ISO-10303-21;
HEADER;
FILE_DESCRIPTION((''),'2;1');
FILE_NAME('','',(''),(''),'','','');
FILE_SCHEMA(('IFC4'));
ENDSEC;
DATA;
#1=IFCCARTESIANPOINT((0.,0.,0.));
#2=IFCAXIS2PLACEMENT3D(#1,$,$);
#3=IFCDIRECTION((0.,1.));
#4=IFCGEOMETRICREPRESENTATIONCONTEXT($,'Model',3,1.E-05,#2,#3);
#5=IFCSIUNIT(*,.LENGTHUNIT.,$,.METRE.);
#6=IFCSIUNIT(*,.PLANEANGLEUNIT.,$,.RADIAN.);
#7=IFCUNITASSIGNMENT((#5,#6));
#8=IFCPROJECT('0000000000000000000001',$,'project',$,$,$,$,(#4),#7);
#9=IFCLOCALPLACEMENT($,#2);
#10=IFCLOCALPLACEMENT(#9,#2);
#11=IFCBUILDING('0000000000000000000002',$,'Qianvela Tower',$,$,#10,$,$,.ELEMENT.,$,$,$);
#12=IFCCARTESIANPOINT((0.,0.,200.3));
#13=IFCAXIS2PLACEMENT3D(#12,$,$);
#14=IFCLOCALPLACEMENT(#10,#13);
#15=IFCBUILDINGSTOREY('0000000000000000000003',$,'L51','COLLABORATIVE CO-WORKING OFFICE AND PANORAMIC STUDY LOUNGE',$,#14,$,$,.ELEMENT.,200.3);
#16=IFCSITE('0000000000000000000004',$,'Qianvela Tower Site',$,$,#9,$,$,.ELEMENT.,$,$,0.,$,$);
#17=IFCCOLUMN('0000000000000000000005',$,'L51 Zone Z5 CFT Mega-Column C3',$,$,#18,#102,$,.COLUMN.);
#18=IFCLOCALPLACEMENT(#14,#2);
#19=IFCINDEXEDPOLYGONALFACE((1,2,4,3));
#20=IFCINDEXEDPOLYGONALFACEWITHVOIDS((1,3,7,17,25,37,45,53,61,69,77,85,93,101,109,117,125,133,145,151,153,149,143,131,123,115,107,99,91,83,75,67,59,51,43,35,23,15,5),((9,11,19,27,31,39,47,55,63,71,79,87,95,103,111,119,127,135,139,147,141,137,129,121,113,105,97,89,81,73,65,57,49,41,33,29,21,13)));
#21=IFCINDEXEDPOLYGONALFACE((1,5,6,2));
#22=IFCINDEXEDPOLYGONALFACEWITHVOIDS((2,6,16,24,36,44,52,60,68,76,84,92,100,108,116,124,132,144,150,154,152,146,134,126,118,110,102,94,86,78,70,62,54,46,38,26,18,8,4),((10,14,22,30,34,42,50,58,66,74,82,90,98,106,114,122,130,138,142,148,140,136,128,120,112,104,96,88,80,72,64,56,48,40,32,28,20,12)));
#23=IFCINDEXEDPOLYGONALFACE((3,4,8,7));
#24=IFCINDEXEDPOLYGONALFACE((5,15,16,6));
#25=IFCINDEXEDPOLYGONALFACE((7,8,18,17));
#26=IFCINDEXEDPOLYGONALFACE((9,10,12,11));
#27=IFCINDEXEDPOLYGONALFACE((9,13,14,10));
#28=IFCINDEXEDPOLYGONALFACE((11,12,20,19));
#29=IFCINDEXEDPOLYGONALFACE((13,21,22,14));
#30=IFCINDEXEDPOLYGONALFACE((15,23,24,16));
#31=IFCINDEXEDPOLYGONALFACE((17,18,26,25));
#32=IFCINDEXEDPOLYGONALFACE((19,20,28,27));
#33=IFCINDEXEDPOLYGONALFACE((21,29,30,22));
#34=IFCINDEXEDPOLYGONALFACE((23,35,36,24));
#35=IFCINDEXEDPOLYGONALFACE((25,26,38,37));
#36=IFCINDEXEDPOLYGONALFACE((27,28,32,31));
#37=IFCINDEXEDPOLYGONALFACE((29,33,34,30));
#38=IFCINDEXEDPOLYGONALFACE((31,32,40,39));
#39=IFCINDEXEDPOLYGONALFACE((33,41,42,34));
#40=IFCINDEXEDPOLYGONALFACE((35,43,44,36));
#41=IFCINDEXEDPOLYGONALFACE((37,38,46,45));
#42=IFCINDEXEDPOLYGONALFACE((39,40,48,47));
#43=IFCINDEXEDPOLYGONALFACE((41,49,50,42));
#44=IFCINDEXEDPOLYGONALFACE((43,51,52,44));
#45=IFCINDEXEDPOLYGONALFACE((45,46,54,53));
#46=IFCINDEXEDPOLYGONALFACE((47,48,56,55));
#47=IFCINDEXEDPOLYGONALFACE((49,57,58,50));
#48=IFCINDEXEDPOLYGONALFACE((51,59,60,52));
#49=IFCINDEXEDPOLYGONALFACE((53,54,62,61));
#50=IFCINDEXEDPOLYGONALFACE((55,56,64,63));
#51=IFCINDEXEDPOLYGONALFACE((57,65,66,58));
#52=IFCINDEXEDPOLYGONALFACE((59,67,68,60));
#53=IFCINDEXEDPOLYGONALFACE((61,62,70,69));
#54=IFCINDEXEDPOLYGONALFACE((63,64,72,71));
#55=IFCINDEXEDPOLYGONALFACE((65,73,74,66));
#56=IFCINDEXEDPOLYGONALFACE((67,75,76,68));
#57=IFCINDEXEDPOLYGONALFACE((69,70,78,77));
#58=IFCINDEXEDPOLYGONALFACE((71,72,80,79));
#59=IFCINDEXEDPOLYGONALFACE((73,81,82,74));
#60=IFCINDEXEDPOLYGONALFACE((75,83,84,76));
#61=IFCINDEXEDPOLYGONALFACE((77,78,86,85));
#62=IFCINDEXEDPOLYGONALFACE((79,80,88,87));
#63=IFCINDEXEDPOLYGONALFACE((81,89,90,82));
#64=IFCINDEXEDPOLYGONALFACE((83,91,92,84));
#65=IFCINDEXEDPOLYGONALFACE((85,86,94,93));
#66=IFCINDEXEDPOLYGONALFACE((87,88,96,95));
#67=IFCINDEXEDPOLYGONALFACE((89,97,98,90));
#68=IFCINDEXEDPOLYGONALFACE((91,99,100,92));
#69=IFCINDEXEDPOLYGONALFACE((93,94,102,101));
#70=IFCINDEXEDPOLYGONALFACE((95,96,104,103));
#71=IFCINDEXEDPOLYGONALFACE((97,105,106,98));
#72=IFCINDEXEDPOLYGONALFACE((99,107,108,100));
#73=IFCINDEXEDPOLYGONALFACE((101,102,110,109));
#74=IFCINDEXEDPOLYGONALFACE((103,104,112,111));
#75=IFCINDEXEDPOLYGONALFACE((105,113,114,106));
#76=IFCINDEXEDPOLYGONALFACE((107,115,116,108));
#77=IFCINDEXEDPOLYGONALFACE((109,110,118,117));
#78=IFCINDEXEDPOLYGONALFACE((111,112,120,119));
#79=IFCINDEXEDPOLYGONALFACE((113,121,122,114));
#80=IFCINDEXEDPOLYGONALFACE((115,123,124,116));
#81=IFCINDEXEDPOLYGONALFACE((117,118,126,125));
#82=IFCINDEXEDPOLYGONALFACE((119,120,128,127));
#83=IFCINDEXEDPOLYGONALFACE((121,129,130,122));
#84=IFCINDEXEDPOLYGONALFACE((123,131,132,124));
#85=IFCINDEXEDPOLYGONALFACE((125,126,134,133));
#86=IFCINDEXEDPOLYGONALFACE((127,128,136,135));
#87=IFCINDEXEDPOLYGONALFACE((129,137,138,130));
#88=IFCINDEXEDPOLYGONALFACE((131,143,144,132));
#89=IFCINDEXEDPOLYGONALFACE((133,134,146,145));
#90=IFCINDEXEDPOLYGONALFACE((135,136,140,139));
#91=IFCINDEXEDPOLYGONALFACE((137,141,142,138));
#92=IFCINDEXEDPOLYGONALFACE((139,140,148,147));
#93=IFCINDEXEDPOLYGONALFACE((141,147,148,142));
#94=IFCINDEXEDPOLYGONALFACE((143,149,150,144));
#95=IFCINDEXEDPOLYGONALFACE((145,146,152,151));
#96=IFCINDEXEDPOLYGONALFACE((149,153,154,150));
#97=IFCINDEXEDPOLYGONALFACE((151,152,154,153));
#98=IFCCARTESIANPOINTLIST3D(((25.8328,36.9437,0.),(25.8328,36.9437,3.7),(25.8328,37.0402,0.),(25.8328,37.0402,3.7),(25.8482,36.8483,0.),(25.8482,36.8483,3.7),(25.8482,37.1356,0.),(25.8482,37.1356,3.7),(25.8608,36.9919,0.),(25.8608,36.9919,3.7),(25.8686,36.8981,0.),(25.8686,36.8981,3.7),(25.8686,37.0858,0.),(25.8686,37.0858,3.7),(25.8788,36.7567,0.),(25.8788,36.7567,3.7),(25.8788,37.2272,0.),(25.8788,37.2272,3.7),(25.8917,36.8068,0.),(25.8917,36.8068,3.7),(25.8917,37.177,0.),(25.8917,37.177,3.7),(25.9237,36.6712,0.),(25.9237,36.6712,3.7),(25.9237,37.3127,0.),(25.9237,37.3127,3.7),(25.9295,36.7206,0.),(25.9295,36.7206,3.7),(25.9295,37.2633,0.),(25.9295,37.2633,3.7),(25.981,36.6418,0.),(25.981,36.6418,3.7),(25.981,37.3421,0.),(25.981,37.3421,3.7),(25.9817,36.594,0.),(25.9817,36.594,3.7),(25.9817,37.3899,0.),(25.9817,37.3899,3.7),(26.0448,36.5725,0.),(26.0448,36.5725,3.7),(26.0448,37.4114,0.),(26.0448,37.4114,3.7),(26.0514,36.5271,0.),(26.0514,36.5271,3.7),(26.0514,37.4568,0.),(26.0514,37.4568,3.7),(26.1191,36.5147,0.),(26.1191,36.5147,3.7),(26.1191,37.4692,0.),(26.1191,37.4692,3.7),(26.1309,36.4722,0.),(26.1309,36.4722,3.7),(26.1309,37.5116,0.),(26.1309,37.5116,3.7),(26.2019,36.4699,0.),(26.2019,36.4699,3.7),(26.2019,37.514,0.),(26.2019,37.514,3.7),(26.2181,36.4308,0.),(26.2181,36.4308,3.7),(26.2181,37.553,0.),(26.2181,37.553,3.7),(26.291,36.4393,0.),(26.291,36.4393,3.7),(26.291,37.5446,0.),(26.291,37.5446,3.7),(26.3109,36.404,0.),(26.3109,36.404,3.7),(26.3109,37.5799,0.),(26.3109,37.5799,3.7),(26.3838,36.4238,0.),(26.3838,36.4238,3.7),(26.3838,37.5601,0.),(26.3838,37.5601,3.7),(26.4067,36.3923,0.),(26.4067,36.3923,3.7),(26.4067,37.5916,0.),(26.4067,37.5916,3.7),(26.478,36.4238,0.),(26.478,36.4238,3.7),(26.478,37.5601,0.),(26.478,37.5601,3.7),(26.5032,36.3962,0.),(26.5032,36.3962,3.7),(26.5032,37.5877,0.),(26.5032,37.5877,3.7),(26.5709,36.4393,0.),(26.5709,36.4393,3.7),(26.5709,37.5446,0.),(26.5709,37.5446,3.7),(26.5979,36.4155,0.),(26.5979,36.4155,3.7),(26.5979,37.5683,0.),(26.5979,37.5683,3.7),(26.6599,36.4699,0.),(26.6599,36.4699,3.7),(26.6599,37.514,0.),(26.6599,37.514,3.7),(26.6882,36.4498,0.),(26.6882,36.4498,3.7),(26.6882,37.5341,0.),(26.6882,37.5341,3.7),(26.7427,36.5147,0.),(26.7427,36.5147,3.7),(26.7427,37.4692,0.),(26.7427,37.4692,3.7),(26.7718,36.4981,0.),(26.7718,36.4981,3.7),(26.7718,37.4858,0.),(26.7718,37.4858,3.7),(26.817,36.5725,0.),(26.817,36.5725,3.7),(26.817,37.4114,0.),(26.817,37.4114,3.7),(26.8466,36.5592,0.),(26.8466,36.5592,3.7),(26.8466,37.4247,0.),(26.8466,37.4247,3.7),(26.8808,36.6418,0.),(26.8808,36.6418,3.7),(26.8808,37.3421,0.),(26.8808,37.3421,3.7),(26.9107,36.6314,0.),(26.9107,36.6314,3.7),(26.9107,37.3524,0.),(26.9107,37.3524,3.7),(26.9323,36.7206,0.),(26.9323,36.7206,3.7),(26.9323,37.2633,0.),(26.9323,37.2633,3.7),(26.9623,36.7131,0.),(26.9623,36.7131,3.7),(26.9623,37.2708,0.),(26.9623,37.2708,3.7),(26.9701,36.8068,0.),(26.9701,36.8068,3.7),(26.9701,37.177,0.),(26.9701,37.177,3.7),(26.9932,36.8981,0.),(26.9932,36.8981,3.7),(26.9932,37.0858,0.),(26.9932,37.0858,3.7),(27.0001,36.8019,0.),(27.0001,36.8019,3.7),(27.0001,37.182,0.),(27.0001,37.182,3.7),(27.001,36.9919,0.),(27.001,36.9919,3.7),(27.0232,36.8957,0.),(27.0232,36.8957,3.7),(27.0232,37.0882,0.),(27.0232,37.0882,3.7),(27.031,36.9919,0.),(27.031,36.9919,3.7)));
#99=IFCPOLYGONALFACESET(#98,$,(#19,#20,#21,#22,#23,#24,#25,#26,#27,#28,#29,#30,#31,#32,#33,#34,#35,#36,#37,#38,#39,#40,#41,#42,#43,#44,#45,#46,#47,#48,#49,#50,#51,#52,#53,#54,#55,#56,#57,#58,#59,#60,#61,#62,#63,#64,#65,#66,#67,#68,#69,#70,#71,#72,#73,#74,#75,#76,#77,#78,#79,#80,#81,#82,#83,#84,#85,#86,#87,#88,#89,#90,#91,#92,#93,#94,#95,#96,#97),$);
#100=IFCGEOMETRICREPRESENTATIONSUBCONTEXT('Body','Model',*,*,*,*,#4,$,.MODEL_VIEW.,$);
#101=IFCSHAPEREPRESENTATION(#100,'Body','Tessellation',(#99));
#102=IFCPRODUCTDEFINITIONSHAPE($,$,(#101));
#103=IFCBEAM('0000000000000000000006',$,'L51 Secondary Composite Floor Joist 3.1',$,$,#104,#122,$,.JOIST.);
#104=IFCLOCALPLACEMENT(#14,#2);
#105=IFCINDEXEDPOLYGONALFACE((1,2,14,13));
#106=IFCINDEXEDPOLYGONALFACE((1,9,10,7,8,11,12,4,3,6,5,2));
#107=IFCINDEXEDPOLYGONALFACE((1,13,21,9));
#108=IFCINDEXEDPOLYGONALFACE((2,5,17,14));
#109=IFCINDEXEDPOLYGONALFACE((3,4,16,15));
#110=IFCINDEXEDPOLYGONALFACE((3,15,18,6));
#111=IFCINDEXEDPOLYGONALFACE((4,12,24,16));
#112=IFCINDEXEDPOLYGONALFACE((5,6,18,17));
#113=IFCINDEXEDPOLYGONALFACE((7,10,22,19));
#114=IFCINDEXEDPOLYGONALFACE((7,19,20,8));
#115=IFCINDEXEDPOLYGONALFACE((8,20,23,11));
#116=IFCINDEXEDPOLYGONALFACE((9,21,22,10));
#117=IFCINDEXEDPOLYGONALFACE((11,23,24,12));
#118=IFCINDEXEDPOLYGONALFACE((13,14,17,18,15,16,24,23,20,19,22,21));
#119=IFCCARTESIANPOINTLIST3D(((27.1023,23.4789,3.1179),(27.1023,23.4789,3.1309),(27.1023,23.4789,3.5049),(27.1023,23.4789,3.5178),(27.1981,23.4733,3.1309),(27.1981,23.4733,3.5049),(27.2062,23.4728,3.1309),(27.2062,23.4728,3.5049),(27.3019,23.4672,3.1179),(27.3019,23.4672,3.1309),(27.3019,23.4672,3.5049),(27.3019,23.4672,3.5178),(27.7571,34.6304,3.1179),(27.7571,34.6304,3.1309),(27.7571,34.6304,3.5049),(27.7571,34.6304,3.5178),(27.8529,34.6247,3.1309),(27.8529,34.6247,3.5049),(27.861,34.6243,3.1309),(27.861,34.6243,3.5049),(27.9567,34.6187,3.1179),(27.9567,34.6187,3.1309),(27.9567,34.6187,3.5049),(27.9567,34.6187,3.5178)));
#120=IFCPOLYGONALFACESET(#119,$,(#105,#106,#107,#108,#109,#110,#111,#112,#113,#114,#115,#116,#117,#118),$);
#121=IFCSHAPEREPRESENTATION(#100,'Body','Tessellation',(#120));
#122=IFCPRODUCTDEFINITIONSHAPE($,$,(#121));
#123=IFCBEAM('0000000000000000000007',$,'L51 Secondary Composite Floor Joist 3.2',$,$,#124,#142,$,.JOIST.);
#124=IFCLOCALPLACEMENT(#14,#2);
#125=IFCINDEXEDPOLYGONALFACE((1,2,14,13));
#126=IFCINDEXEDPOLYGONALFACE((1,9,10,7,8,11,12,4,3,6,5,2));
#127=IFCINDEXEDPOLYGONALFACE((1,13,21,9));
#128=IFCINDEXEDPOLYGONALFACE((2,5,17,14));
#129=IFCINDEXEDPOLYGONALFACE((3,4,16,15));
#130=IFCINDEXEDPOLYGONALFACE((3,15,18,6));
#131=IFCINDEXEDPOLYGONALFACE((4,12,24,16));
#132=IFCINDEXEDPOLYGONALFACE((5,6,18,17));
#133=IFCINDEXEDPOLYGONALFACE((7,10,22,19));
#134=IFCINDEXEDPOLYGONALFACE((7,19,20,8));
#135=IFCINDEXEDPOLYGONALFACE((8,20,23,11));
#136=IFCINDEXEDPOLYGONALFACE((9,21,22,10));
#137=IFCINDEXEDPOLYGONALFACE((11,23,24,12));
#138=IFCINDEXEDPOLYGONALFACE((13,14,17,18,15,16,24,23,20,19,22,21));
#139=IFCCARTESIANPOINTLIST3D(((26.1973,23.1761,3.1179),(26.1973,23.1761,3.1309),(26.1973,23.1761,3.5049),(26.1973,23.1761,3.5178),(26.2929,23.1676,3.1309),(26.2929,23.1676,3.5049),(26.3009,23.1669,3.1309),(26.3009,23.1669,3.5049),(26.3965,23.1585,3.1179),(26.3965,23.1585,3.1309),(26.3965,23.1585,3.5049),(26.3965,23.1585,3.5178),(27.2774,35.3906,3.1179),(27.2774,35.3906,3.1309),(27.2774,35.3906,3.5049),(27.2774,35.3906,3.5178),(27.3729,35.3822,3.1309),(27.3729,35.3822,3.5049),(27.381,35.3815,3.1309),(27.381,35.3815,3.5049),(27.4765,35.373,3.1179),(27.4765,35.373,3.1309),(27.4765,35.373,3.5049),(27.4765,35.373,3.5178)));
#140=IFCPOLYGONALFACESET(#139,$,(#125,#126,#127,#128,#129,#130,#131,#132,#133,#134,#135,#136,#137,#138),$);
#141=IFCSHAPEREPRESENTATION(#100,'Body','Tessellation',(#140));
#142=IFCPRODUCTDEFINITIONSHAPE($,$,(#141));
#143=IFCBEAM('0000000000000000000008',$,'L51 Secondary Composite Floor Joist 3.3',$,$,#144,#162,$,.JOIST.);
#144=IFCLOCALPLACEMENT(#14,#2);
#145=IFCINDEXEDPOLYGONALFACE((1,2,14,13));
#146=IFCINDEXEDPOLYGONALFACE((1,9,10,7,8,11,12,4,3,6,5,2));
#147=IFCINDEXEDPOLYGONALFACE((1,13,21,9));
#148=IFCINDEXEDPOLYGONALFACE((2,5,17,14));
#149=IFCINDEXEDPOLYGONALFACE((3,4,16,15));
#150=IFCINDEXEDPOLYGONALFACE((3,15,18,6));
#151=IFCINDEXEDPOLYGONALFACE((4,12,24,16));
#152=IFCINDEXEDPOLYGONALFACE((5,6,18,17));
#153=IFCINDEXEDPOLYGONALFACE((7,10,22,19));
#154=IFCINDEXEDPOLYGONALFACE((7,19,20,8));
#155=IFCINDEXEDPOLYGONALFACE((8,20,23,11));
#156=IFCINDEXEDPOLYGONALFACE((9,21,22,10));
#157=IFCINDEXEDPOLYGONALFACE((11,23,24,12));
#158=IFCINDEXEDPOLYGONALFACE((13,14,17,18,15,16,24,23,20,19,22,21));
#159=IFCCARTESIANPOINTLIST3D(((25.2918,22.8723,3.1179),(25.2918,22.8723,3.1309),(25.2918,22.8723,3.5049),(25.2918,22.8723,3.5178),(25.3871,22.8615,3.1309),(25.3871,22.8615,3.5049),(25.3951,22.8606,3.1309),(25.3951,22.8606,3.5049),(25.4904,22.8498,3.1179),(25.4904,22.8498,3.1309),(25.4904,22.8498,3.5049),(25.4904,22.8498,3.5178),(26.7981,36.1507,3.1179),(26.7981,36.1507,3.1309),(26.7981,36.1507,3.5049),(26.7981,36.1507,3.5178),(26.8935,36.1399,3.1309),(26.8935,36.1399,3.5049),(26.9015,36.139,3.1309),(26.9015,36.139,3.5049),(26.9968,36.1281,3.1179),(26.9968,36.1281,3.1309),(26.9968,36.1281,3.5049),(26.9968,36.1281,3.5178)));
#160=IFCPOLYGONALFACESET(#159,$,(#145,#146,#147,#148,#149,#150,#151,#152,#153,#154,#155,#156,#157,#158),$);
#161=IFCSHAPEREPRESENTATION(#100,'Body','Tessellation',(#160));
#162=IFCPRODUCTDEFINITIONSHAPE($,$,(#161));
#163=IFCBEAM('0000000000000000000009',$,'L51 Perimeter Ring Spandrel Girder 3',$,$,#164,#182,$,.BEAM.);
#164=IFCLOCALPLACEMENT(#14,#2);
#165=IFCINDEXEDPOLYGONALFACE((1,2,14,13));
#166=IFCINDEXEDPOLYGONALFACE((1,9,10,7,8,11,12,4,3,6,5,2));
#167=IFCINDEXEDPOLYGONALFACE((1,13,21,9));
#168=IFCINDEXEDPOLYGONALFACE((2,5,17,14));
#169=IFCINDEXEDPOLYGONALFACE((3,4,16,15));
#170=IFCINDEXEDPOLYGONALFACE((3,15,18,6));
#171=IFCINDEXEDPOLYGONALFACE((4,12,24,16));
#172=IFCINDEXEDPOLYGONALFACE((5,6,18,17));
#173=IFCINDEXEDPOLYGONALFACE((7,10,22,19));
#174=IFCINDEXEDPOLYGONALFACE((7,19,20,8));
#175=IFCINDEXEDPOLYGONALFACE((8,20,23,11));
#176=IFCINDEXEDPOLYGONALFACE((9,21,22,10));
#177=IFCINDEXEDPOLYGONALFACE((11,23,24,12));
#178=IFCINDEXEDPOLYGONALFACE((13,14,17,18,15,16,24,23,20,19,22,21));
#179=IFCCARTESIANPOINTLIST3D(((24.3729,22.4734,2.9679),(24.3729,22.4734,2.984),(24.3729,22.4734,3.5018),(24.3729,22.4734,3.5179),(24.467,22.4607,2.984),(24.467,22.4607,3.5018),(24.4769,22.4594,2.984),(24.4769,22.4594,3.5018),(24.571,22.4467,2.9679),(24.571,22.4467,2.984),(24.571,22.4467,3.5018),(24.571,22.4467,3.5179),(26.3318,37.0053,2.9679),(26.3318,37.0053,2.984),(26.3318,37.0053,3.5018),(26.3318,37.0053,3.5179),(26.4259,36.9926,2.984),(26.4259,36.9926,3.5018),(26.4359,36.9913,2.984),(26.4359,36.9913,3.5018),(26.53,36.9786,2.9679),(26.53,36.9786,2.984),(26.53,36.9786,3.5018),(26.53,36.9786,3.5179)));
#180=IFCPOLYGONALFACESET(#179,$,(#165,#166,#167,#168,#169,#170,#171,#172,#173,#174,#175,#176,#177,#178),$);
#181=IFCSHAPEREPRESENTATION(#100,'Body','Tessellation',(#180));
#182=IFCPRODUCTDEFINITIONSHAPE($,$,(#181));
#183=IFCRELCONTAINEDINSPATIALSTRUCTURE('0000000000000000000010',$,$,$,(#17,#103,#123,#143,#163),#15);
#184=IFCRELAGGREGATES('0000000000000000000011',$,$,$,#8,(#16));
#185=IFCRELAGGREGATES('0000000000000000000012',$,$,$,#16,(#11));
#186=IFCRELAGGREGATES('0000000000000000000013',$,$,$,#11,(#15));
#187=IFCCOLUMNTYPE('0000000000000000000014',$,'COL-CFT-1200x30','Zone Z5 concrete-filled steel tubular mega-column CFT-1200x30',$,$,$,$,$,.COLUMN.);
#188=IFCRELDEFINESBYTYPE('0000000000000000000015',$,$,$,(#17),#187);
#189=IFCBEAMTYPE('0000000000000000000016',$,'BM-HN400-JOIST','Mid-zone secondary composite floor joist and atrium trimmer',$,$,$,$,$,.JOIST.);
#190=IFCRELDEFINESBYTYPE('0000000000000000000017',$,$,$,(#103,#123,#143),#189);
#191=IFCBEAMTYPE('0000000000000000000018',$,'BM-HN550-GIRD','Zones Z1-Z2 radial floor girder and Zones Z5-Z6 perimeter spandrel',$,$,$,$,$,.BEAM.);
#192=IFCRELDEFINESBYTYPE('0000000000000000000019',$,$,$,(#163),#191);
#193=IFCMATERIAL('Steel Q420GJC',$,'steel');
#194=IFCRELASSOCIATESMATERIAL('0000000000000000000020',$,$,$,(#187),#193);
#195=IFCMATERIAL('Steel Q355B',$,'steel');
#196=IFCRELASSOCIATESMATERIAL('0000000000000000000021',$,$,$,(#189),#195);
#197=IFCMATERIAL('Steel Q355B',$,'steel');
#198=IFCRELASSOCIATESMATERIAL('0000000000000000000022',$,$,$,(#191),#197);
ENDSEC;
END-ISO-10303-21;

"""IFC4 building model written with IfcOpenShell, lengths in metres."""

from ifc_helpers import new_model, si_unit, direction, frame, origin, origin_2d, place, context, subcontext, project, spatial, hollow_circle, i_section, extrude, material, material_profile, profile_set, type_object, element, save


model = new_model("IFC4")

# Units and contexts
model_context = context("Model", 3, precision=1e-05, world=origin(), true_north=direction((0.0, 1.0)))
body_context = subcontext(model_context, "Body", "Model", "MODEL_VIEW")
ifc_project = project(units=[si_unit("LENGTHUNIT", "METRE"), si_unit("PLANEANGLEUNIT", "RADIAN")], contexts=[model_context])

# Site, building, storey
site_placement = place(None, origin())
site = spatial("IfcSite", under=ifc_project, at=site_placement, Name="Qianvela Tower Site", CompositionType="ELEMENT", RefElevation=0.0)
building_placement = place(site_placement, origin())
building = spatial("IfcBuilding", under=site, at=building_placement, Name="Qianvela Tower", CompositionType="ELEMENT")
storey_placement = place(building_placement, frame((0.0, 0.0, 200.3)))
storey = spatial("IfcBuildingStorey", under=building, at=storey_placement, Name="L51", Description="COLLABORATIVE CO-WORKING OFFICE AND PANORAMIC STUDY LOUNGE", CompositionType="ELEMENT", Elevation=200.3)

# Column
ifc_material_1 = material(Name="Steel Q420GJC", Category="steel")
ifc_material_profile_1 = material_profile(ifc_material_1, hollow_circle(Radius=0.6001, WallThickness=0.03, at=origin_2d()), Name="CFT-1200x30")
ifc_profile_set_1 = profile_set([ifc_material_profile_1], Name="Steel Q420GJC")
column_type = type_object("IfcColumnType", Name="COL-CFT-1200x30", Description="Zone Z5 concrete-filled steel tubular mega-column CFT-1200x30", PredefinedType="COLUMN", material=ifc_profile_set_1)
column_placement = place(storey_placement, frame((26.4309, 36.9919, 0.0), z_axis=(0.0, 0.0, 1.0), x_axis=(1.0, 0.0, 0.0)))
element("IfcColumn", 1, at=column_placement, inside=storey, type_object=column_type, Name="L51 Zone Z5 CFT Mega-Column C3", PredefinedType="COLUMN", context=body_context, shape_type="SweptSolid", body=[
    extrude(hollow_circle(Radius=0.6001, WallThickness=0.03, at=origin_2d()), origin(), (0.0, 0.0, 1.0), 3.7),
])

# Beams
ifc_material_2 = material(Name="Steel Q355B", Category="steel")
ifc_material_profile_2 = material_profile(ifc_material_2, i_section(OverallWidth=0.2, OverallDepth=0.3999, WebThickness=0.0081, FlangeThickness=0.0129, at=origin_2d()), Name="HN400x200x8x13")
ifc_profile_set_2 = profile_set([ifc_material_profile_2], Name="Steel Q355B")
beam_type_1 = type_object("IfcBeamType", Name="BM-HN400-JOIST", Description="Mid-zone secondary composite floor joist and atrium trimmer", PredefinedType="JOIST", material=ifc_profile_set_2)
beam_1_placement = place(storey_placement, frame((27.8569, 34.6245, 3.3179), z_axis=(-0.058617, -0.998281, 0.0), x_axis=(0.998281, -0.058617, 0.0)))
element("IfcBeam", 2, at=beam_1_placement, inside=storey, type_object=beam_type_1, Name="L51 Secondary Composite Floor Joist 3.1", PredefinedType="JOIST", context=body_context, shape_type="SweptSolid", body=[
    extrude(i_section(OverallWidth=0.2, OverallDepth=0.3999, WebThickness=0.0081, FlangeThickness=0.0129, at=origin_2d()), origin(), (0.0, 0.0, 1.0), 11.1707),
])
beam_2_placement = place(storey_placement, frame((27.377, 35.3818, 3.3179), z_axis=(-0.088081, -0.996113, 0.0), x_axis=(0.996113, -0.088081, 0.0)))
element("IfcBeam", 3, at=beam_2_placement, inside=storey, type_object=beam_type_1, Name="L51 Secondary Composite Floor Joist 3.2", PredefinedType="JOIST", context=body_context, shape_type="SweptSolid", body=[
    extrude(i_section(OverallWidth=0.2, OverallDepth=0.3999, WebThickness=0.0081, FlangeThickness=0.0129, at=origin_2d()), origin(), (0.0, 0.0, 1.0), 12.2622),
])
beam_3_placement = place(storey_placement, frame((26.8975, 36.1394, 3.3179), z_axis=(-0.112721, -0.993627, 0.0), x_axis=(0.993627, -0.112721, 0.0)))
element("IfcBeam", 4, at=beam_3_placement, inside=storey, type_object=beam_type_1, Name="L51 Secondary Composite Floor Joist 3.3", PredefinedType="JOIST", context=body_context, shape_type="SweptSolid", body=[
    extrude(i_section(OverallWidth=0.2, OverallDepth=0.3999, WebThickness=0.0081, FlangeThickness=0.0129, at=origin_2d()), origin(), (0.0, 0.0, 1.0), 13.3635),
])
ifc_material_3 = material(Name="Steel Q355B", Category="steel")
ifc_material_profile_3 = material_profile(ifc_material_3, i_section(OverallWidth=0.2, OverallDepth=0.55, WebThickness=0.01, FlangeThickness=0.0161, at=origin_2d()), Name="HN550x200x10x16")
ifc_profile_set_3 = profile_set([ifc_material_profile_3], Name="Steel Q355B")
beam_type_2 = type_object("IfcBeamType", Name="BM-HN550-GIRD", Description="Zones Z1-Z2 radial floor girder and Zones Z5-Z6 perimeter spandrel", PredefinedType="BEAM", material=ifc_profile_set_3)
beam_4_placement = place(storey_placement, frame((26.4309, 36.9919, 3.2429), z_axis=(-0.133597, -0.991036, 0.0), x_axis=(0.991036, -0.133597, 0.0)))
element("IfcBeam", 5, at=beam_4_placement, inside=storey, type_object=beam_type_2, Name="L51 Perimeter Ring Spandrel Girder 3", PredefinedType="BEAM", context=body_context, shape_type="SweptSolid", body=[
    extrude(i_section(OverallWidth=0.2, OverallDepth=0.55, WebThickness=0.01, FlangeThickness=0.0161, at=origin_2d()), origin(), (0.0, 0.0, 1.0), 14.6633),
])

save(model, "model.ifc")
